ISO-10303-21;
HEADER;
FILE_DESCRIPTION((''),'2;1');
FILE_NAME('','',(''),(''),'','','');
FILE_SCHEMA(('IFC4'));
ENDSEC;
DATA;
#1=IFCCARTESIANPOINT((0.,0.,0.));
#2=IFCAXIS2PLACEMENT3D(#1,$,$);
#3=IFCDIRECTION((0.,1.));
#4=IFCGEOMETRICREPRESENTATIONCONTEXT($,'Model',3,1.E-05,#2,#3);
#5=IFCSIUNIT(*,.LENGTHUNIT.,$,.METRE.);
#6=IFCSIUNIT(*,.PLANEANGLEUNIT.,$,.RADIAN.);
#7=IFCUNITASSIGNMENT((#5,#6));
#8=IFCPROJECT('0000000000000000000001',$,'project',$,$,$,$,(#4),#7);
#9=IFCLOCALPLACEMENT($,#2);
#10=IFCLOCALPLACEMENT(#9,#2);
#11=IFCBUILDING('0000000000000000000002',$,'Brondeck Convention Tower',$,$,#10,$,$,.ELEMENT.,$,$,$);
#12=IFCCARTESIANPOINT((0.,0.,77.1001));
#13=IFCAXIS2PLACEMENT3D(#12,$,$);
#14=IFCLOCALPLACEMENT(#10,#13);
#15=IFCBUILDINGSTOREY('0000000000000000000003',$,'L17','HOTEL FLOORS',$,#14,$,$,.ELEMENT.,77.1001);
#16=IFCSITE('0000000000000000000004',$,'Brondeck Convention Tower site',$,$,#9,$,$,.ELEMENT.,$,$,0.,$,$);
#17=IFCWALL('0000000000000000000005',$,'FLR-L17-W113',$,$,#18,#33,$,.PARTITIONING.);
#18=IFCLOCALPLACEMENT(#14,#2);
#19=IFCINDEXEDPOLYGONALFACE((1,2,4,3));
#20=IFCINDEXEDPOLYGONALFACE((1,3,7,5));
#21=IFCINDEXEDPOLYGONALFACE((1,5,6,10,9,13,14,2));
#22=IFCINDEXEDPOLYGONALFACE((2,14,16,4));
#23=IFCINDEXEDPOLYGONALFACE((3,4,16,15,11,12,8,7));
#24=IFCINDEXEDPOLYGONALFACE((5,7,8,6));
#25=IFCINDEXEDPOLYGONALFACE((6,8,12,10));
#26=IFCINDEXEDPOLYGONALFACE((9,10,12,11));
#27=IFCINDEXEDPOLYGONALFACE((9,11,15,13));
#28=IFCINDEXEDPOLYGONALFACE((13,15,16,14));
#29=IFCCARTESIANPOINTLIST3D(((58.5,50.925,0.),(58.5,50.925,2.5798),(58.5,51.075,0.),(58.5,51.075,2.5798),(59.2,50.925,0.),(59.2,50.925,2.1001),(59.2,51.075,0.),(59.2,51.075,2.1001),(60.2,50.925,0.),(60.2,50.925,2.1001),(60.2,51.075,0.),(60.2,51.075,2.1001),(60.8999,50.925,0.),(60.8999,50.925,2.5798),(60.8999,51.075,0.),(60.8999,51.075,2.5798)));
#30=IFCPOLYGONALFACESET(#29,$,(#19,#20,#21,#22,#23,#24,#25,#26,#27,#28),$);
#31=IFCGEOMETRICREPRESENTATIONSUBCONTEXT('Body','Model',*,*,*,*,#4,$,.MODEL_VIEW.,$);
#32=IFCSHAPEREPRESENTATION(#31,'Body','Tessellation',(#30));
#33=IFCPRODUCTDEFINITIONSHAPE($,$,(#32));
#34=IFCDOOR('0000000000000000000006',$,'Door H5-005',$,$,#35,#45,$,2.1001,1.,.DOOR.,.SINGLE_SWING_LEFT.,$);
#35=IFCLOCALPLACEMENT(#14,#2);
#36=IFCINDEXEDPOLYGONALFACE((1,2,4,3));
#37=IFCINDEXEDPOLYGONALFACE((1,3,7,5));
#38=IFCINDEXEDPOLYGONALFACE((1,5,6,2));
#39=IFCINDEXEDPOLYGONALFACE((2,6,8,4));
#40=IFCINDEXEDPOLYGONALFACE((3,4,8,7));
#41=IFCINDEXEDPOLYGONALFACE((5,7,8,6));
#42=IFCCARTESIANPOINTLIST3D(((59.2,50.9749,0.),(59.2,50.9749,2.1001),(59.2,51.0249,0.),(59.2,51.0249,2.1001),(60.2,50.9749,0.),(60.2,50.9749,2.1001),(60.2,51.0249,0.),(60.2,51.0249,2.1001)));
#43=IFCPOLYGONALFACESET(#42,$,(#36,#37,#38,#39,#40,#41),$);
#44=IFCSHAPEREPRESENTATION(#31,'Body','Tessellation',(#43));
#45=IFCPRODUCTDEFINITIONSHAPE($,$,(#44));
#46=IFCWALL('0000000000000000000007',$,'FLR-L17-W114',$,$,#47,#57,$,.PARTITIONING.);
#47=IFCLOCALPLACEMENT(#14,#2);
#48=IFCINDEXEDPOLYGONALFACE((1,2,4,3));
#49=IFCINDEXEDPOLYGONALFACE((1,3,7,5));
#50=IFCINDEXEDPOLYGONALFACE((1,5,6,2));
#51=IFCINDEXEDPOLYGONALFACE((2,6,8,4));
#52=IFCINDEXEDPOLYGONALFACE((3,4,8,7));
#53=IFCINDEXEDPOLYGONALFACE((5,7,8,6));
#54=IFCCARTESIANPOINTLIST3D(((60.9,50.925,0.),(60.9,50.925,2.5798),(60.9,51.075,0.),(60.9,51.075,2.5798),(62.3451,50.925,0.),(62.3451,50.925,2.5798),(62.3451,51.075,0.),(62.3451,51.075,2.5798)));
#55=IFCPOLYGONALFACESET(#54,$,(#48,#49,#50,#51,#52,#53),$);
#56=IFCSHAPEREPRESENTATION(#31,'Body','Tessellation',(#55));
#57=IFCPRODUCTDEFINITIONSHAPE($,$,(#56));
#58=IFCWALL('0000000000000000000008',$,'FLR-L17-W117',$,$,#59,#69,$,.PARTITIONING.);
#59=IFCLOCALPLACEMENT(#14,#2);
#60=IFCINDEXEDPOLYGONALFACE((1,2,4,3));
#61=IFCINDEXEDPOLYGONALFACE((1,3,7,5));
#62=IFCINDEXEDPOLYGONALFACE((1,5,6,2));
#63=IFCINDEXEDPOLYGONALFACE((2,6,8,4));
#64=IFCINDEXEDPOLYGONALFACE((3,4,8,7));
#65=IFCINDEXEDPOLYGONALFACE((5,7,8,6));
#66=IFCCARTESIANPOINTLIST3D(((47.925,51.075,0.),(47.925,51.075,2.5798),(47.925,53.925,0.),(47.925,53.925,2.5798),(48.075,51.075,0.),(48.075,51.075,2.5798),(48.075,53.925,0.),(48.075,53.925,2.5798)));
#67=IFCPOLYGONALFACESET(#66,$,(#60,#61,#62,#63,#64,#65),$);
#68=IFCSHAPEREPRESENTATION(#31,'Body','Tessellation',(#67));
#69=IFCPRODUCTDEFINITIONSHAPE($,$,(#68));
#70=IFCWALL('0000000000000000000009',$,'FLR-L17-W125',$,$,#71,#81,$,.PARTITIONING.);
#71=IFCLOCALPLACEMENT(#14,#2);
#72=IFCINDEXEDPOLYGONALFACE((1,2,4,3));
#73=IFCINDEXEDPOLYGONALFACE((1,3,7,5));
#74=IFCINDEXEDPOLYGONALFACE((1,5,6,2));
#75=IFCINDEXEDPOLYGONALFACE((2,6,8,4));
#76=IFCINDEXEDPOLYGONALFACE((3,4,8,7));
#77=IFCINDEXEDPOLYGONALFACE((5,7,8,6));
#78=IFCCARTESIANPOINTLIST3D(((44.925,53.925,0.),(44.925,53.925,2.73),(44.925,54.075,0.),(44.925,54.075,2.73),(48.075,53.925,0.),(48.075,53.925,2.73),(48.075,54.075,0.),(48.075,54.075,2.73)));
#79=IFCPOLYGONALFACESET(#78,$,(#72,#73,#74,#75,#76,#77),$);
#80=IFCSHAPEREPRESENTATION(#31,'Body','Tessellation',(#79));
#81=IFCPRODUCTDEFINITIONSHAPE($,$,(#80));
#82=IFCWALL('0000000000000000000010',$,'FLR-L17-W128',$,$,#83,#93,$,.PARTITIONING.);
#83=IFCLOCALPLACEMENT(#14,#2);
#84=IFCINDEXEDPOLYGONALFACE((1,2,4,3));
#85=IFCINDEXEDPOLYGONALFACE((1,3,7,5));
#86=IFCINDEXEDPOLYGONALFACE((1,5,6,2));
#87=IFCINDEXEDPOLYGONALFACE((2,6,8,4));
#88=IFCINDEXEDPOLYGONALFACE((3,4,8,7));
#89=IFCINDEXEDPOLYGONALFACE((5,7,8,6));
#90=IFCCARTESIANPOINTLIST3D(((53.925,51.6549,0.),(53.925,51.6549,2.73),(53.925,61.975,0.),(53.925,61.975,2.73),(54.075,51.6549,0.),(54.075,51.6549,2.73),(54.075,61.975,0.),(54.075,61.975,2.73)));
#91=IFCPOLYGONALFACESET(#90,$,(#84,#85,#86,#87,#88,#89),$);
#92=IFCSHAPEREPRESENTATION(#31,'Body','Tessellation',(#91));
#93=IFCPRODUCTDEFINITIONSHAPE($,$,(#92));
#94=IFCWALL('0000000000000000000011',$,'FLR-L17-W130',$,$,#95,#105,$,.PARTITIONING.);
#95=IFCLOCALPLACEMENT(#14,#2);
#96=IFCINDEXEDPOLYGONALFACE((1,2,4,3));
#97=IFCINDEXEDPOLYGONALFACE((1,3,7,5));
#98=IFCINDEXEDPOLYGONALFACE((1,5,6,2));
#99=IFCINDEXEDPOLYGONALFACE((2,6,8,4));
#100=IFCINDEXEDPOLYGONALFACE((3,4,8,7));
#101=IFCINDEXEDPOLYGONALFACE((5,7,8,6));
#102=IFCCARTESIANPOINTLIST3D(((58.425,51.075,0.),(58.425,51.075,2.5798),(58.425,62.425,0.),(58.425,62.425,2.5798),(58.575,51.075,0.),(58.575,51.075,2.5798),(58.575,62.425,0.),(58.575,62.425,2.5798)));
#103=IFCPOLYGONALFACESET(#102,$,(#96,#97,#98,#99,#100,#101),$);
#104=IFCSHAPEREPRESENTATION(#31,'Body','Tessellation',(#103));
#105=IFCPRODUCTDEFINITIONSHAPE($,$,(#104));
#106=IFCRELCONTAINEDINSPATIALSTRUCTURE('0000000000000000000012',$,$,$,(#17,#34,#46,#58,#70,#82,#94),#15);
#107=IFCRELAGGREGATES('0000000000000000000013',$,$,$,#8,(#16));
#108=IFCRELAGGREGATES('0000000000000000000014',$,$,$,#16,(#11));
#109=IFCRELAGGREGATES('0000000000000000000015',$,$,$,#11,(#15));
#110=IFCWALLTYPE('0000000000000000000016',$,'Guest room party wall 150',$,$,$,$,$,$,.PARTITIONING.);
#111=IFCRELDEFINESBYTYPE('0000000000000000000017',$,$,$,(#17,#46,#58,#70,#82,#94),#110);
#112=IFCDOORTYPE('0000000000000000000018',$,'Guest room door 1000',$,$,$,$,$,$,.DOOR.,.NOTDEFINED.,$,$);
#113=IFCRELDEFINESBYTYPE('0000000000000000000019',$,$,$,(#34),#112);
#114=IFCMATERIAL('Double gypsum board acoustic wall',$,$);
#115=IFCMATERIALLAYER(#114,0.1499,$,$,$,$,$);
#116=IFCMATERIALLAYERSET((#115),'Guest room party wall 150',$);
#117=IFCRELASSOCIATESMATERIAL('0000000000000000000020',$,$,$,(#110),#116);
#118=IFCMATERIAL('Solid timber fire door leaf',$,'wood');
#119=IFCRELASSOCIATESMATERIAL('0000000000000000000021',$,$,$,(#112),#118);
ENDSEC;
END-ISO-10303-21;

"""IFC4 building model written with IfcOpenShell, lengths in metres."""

from ifc_helpers import new_model, si_unit, direction, frame, frame_2d, origin, place, context, subcontext, project, spatial, rectangle, extrude, material, layer, layer_set, type_object, element, fill, save


model = new_model("IFC4")

# Units and contexts
model_context = context("Model", 3, precision=1e-05, world=origin(), true_north=direction((0.0, 1.0)))
body_context = subcontext(model_context, "Body", "Model", "MODEL_VIEW")
ifc_project = project(units=[si_unit("LENGTHUNIT", "METRE"), si_unit("PLANEANGLEUNIT", "RADIAN")], contexts=[model_context])

# Site, building, storey
site_placement = place(None, origin())
site = spatial("IfcSite", under=ifc_project, at=site_placement, Name="Brondeck Convention Tower site", CompositionType="ELEMENT", RefElevation=0.0)
building_placement = place(site_placement, origin())
building = spatial("IfcBuilding", under=site, at=building_placement, Name="Brondeck Convention Tower", CompositionType="ELEMENT")
storey_placement = place(building_placement, frame((0.0, 0.0, 77.1001)))
storey = spatial("IfcBuildingStorey", under=building, at=storey_placement, Name="L17", Description="HOTEL FLOORS", CompositionType="ELEMENT", Elevation=77.1001)

# Wall, opening, door
ifc_material_1 = material(Name="Double gypsum board acoustic wall")
ifc_layer_1 = layer(ifc_material_1, 0.1499)
ifc_layer_set_1 = layer_set([ifc_layer_1], Name="Guest room party wall 150")
wall_type_1 = type_object("IfcWallType", Name="Guest room party wall 150", PredefinedType="PARTITIONING", material=ifc_layer_set_1)
wall_1_placement = place(storey_placement, frame((58.5, 51.0, 0.0), z_axis=(0.0, 0.0, 1.0), x_axis=(1.0, 0.0, 0.0)))
wall_1 = element("IfcWall", 1, at=wall_1_placement, inside=storey, type_object=wall_type_1, Name="FLR-L17-W113", PredefinedType="PARTITIONING", context=body_context, shape_type="SweptSolid", body=[
    extrude(rectangle(XDim=2.3999, YDim=0.1499, at=frame_2d((1.2, 0.0))), origin(), (0.0, 0.0, 1.0), 2.5798),
])
opening_1_placement = place(wall_1_placement, frame((0.7, 0.0, 0.0)))
opening_1 = element("IfcOpeningElement", 2, at=opening_1_placement, cuts=wall_1, PredefinedType="OPENING", context=body_context, shape_type="SweptSolid", body=[
    extrude(rectangle(XDim=1.0, YDim=2.1001, at=frame_2d((0.5, 1.05))), frame((0.0, 0.085, 0.0), z_axis=(0.0, -1.0, 0.0), x_axis=(1.0, 0.0, 0.0)), (0.0, 0.0, 1.0), 0.1699),
])
ifc_material_2 = material(Name="Solid timber fire door leaf", Category="wood")
door_type = type_object("IfcDoorType", Name="Guest room door 1000", OperationType="NOTDEFINED", PredefinedType="DOOR", material=ifc_material_2)
door_placement = place(opening_1_placement, origin())
door = element("IfcDoor", 3, at=door_placement, inside=storey, type_object=door_type, Name="Door H5-005", OperationType="SINGLE_SWING_LEFT", OverallHeight=2.1001, OverallWidth=1.0, PredefinedType="DOOR", context=body_context, shape_type="SweptSolid", body=[
    extrude(rectangle(XDim=1.0, YDim=2.1001, at=frame_2d((0.5, 1.05))), frame((0.0, 0.0249, 0.0), z_axis=(0.0, -1.0, 0.0), x_axis=(1.0, 0.0, 0.0)), (0.0, 0.0, 1.0), 0.05),
])
fill(opening_1, door)

# Walls
wall_2_placement = place(storey_placement, frame((60.8999, 51.0, 0.0), z_axis=(0.0, 0.0, 1.0), x_axis=(1.0, 0.0, 0.0)))
element("IfcWall", 4, at=wall_2_placement, inside=storey, type_object=wall_type_1, Name="FLR-L17-W114", PredefinedType="PARTITIONING", context=body_context, shape_type="SweptSolid", body=[
    extrude(rectangle(XDim=1.4451, YDim=0.1499, at=frame_2d((0.7227, 0.0))), origin(), (0.0, 0.0, 1.0), 2.5798),
])
wall_3_placement = place(storey_placement, frame((48.0, 51.075, 0.0), z_axis=(0.0, 0.0, 1.0), x_axis=(0.0, 1.0, 0.0)))
element("IfcWall", 5, at=wall_3_placement, inside=storey, type_object=wall_type_1, Name="FLR-L17-W117", PredefinedType="PARTITIONING", context=body_context, shape_type="SweptSolid", body=[
    extrude(rectangle(XDim=2.8501, YDim=0.1499, at=frame_2d((1.425, 0.0))), origin(), (0.0, 0.0, 1.0), 2.5798),
])
wall_4_placement = place(storey_placement, frame((48.075, 54.0, 0.0), z_axis=(0.0, 0.0, 1.0), x_axis=(-1.0, 0.0, 0.0)))
element("IfcWall", 6, at=wall_4_placement, inside=storey, type_object=wall_type_1, Name="FLR-L17-W125", PredefinedType="PARTITIONING", context=body_context, shape_type="SweptSolid", body=[
    extrude(rectangle(XDim=3.1499, YDim=0.1499, at=frame_2d((1.575, 0.0))), origin(), (0.0, 0.0, 1.0), 2.73),
])
wall_5_placement = place(storey_placement, frame((54.0, 61.9751, 0.0), z_axis=(0.0, 0.0, 1.0), x_axis=(0.0, -1.0, 0.0)))
element("IfcWall", 7, at=wall_5_placement, inside=storey, type_object=wall_type_1, Name="FLR-L17-W128", PredefinedType="PARTITIONING", context=body_context, shape_type="SweptSolid", body=[
    extrude(rectangle(XDim=10.3201, YDim=0.1499, at=frame_2d((5.1602, 0.0))), origin(), (0.0, 0.0, 1.0), 2.73),
])
wall_6_placement = place(storey_placement, frame((58.5, 62.425, 0.0), z_axis=(0.0, 0.0, 1.0), x_axis=(0.0, -1.0, 0.0)))
element("IfcWall", 8, at=wall_6_placement, inside=storey, type_object=wall_type_1, Name="FLR-L17-W130", PredefinedType="PARTITIONING", context=body_context, shape_type="SweptSolid", body=[
    extrude(rectangle(XDim=11.3501, YDim=0.1499, at=frame_2d((5.675, 0.0))), origin(), (0.0, 0.0, 1.0), 2.5798),
])

save(model, "model.ifc")
